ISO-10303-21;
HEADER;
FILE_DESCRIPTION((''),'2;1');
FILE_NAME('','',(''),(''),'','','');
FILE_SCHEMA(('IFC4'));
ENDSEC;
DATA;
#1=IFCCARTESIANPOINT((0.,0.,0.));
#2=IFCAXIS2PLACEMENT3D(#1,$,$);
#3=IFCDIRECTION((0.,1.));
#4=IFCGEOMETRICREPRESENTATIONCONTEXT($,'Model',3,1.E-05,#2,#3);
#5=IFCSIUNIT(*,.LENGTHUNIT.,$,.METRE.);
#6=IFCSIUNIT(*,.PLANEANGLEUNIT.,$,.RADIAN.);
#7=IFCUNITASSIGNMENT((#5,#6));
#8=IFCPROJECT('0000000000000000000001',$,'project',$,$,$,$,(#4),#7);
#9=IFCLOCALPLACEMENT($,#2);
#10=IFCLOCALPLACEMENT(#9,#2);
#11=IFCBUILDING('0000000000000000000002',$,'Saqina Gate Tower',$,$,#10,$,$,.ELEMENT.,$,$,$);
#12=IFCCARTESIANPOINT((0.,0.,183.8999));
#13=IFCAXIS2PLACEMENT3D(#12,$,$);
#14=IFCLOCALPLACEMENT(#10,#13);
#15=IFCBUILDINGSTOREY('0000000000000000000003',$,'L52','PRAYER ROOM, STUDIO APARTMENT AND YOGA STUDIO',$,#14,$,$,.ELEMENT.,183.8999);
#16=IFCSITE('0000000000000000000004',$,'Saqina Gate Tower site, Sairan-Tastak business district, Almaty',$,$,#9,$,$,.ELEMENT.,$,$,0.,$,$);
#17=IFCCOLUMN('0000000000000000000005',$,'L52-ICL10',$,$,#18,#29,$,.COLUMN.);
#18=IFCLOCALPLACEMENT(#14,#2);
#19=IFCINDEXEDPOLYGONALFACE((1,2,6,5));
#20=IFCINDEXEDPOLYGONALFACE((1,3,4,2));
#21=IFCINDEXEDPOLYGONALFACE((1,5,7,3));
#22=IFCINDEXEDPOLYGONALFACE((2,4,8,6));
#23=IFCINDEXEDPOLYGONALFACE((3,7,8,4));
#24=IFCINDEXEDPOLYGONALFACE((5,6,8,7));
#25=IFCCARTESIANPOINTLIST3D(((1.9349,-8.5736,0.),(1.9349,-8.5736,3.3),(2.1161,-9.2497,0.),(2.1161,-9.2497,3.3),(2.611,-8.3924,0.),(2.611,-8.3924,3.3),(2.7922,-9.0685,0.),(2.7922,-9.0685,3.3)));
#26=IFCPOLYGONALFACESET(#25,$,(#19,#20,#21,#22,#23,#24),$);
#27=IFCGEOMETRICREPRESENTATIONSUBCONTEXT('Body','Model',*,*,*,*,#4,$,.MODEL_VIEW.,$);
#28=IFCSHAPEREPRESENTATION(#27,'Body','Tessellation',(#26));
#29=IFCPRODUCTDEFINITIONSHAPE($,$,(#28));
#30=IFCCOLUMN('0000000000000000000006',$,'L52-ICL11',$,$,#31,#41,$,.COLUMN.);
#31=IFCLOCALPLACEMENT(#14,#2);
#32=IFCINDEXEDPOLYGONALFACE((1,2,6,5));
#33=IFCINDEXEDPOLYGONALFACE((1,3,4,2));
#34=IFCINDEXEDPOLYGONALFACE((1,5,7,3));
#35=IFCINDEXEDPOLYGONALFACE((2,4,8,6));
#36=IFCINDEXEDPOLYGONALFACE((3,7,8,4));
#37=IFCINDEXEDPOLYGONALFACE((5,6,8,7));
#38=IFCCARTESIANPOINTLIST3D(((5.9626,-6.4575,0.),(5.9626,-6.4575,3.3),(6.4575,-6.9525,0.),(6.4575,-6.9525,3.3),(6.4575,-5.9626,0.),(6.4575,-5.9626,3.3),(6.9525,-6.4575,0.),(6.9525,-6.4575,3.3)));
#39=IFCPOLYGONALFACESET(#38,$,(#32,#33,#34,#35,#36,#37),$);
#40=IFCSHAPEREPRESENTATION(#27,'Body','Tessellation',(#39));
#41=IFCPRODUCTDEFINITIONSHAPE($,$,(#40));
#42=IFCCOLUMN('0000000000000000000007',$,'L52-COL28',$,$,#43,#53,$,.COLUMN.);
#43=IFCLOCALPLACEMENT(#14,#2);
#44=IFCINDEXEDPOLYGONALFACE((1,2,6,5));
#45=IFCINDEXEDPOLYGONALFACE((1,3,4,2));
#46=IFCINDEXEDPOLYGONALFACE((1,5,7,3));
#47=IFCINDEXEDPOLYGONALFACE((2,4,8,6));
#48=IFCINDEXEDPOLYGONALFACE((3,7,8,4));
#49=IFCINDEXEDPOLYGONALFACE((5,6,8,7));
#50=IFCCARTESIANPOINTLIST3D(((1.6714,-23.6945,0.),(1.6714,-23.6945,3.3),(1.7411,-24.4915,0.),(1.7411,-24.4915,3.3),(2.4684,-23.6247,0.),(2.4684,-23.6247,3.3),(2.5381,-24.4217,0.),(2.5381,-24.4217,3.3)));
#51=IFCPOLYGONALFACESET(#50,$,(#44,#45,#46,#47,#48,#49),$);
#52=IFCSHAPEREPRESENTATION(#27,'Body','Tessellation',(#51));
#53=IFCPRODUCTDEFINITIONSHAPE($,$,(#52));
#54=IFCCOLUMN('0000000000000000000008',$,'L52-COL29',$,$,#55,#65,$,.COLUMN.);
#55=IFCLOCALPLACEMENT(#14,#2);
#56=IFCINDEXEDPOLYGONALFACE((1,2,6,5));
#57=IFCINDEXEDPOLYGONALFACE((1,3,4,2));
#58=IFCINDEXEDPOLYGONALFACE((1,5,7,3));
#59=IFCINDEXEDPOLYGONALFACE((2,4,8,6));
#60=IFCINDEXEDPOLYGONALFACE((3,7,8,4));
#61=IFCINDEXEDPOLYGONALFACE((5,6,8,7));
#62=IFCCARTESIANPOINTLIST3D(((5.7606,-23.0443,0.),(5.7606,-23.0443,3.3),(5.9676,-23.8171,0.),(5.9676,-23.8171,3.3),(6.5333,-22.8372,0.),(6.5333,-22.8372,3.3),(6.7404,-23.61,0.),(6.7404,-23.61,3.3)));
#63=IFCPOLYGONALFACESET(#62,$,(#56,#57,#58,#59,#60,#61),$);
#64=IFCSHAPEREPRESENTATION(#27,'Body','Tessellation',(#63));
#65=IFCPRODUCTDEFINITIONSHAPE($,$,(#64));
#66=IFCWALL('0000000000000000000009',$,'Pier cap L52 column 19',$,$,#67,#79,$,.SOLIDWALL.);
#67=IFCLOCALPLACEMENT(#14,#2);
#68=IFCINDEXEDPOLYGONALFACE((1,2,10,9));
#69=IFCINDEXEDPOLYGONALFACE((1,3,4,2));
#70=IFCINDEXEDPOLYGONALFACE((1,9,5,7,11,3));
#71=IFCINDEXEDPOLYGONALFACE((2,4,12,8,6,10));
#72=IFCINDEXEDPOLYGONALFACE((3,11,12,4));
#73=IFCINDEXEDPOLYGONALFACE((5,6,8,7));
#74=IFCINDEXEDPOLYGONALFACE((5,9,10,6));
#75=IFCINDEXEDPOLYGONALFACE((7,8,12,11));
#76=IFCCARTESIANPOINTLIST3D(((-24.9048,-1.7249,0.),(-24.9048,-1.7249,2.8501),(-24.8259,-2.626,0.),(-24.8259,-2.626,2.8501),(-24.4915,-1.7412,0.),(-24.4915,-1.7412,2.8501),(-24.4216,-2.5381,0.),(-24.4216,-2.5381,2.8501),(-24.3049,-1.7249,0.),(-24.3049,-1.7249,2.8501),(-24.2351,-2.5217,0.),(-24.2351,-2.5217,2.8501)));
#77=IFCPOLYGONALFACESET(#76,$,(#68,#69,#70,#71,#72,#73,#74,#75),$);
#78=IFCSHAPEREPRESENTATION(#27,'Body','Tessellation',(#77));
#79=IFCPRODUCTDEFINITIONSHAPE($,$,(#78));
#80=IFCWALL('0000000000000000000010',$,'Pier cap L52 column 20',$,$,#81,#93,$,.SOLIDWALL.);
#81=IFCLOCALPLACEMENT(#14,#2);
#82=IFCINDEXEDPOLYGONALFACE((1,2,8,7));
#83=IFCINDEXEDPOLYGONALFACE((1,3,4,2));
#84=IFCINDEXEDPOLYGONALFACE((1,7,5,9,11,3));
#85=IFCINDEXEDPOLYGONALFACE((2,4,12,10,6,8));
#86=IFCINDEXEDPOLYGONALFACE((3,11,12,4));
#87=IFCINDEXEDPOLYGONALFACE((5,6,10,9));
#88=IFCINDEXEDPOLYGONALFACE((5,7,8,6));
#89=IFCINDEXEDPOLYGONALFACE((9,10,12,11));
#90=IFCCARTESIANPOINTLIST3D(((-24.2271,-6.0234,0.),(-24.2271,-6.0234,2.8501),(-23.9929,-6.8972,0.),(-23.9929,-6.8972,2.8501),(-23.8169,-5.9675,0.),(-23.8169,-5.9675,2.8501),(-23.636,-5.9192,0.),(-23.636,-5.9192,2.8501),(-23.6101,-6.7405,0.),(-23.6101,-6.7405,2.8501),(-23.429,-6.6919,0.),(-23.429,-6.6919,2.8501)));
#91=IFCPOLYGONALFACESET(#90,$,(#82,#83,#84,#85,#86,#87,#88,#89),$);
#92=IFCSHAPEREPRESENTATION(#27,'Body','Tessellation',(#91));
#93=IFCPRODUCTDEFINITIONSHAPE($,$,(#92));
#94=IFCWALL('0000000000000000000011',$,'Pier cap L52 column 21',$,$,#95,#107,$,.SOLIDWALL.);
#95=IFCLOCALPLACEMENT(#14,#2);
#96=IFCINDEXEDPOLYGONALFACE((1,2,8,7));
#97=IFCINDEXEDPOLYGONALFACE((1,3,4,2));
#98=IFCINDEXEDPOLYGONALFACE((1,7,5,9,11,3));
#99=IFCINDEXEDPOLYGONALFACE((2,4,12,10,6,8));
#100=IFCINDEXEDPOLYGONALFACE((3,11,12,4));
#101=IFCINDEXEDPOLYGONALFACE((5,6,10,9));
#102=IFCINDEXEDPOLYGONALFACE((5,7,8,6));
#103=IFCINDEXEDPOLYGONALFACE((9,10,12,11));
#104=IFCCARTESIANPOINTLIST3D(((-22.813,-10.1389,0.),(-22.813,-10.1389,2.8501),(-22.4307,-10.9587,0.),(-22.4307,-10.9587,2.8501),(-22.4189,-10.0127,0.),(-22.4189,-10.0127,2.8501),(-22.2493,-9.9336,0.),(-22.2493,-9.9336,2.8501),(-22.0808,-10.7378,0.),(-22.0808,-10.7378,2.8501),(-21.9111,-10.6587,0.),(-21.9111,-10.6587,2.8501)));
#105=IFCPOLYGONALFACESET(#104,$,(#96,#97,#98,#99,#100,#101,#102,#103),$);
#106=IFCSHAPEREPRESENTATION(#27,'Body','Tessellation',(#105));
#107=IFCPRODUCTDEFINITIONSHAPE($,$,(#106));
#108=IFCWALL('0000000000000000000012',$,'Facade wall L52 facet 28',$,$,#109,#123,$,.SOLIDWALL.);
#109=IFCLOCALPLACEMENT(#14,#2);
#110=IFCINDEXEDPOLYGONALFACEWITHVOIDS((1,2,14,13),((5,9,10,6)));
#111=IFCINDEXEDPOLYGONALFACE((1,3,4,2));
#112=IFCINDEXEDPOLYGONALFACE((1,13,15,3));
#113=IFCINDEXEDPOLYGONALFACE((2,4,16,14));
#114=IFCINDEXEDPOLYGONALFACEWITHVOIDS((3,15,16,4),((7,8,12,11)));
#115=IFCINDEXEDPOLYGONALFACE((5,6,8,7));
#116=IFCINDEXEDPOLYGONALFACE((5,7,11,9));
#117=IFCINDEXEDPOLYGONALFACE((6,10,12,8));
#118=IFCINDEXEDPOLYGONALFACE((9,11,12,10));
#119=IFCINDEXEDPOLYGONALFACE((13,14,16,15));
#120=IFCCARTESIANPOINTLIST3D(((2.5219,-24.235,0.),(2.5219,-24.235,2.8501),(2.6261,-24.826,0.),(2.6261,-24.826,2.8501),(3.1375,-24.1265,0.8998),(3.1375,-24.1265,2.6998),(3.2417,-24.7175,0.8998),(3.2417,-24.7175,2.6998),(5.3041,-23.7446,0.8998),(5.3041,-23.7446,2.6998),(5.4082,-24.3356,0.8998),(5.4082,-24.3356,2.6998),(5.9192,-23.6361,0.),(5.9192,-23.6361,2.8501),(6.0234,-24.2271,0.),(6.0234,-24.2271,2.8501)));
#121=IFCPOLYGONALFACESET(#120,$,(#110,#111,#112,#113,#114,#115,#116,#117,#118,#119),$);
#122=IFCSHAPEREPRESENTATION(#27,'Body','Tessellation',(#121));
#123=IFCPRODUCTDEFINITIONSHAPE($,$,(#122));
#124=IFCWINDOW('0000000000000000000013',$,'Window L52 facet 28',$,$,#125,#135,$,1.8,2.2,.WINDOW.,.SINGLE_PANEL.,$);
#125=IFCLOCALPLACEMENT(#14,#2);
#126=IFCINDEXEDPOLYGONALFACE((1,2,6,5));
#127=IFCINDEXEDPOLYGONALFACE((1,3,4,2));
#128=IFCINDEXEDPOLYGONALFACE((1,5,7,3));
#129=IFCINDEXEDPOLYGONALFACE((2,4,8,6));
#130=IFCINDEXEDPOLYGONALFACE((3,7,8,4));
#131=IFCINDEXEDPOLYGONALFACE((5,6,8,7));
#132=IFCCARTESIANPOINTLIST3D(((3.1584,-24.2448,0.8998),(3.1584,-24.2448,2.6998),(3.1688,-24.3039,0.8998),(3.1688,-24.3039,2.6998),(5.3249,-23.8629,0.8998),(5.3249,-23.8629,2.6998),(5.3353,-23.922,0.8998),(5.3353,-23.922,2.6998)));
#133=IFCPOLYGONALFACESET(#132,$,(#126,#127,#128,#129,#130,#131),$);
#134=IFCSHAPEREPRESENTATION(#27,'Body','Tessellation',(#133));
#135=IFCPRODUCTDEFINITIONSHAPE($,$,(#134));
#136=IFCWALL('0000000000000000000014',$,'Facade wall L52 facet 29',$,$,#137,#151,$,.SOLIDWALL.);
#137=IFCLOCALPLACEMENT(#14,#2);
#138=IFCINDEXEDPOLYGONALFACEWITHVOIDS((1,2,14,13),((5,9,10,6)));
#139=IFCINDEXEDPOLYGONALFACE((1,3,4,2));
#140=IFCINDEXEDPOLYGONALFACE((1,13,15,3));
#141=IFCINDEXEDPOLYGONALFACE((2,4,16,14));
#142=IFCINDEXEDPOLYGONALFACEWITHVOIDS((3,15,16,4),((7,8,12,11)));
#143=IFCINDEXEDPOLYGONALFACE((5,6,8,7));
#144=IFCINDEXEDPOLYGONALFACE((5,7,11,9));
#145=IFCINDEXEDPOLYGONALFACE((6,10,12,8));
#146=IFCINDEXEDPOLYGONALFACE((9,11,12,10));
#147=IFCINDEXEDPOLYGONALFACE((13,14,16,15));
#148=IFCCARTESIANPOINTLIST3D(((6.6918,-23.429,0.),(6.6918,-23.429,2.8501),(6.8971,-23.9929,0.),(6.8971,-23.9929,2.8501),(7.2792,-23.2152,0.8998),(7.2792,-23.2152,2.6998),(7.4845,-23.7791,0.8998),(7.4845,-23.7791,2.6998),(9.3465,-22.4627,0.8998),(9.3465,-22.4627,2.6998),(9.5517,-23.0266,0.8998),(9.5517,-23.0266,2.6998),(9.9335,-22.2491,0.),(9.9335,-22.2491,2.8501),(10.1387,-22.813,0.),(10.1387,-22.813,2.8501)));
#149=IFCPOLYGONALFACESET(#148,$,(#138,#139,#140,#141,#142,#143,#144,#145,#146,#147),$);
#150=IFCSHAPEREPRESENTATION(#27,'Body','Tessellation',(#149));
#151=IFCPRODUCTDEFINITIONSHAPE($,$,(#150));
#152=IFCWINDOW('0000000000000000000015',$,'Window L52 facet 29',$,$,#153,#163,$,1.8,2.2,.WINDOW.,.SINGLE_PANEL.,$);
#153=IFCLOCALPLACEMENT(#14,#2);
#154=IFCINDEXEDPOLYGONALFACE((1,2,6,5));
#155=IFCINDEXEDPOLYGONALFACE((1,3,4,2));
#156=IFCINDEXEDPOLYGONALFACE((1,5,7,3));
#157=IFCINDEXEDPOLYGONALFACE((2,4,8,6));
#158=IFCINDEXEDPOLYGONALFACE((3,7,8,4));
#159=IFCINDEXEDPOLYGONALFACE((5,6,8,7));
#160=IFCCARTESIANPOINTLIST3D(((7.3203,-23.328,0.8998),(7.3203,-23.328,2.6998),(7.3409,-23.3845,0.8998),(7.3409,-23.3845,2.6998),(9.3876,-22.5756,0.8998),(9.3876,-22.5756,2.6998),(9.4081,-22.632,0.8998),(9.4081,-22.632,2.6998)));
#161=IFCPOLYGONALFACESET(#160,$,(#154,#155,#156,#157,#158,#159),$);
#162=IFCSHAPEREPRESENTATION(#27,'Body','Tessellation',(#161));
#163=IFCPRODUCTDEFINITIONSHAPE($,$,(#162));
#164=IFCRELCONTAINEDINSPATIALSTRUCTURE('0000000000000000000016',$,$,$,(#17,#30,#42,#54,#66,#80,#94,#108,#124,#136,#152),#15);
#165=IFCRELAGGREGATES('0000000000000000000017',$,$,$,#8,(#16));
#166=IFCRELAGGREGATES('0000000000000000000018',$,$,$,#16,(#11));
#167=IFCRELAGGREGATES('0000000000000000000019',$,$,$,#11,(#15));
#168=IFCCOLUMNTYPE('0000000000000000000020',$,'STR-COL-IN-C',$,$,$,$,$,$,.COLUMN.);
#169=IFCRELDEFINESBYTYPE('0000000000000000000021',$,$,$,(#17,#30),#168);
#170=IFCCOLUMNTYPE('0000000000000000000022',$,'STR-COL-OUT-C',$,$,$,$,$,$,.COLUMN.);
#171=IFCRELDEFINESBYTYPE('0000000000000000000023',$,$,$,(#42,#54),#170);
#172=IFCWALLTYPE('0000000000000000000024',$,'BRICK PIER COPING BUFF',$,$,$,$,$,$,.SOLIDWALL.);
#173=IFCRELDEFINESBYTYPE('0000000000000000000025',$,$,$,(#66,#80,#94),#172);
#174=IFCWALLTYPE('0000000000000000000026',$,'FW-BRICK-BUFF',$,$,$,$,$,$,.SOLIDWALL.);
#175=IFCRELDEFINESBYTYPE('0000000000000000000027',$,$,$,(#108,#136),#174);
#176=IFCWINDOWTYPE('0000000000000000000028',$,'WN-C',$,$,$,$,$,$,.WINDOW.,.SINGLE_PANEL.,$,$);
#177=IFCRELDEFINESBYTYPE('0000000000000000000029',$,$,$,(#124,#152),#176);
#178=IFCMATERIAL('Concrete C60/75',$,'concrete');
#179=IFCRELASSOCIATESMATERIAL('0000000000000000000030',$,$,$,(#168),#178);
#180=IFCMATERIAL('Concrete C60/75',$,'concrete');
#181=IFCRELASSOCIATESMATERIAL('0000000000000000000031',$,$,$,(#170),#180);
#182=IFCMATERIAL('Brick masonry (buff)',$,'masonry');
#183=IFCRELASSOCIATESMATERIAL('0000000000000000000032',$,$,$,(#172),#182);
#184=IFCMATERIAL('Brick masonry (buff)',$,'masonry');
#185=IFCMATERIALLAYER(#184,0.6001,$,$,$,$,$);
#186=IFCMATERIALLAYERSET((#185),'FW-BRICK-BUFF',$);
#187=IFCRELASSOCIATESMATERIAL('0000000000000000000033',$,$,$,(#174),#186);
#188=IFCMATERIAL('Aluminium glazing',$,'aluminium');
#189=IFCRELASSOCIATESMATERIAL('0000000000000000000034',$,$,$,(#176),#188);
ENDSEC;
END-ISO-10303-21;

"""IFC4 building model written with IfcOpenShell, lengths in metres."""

from ifc_helpers import new_model, si_unit, direction, frame, frame_2d, origin, origin_2d, place, context, subcontext, project, spatial, polyline, rectangle, outline, extrude, material, layer, layer_set, material_profile, profile_set, type_object, element, fill, save


model = new_model("IFC4")

# Units and contexts
model_context = context("Model", 3, precision=1e-05, world=origin(), true_north=direction((0.0, 1.0)))
body_context = subcontext(model_context, "Body", "Model", "MODEL_VIEW")
ifc_project = project(units=[si_unit("LENGTHUNIT", "METRE"), si_unit("PLANEANGLEUNIT", "RADIAN")], contexts=[model_context])

# Site, building, storey
site_placement = place(None, origin())
site = spatial("IfcSite", under=ifc_project, at=site_placement, Name="Saqina Gate Tower site, Sairan-Tastak business district, Almaty", CompositionType="ELEMENT", RefElevation=0.0)
building_placement = place(site_placement, origin())
building = spatial("IfcBuilding", under=site, at=building_placement, Name="Saqina Gate Tower", CompositionType="ELEMENT")
storey_placement = place(building_placement, frame((0.0, 0.0, 183.8999)))
storey = spatial("IfcBuildingStorey", under=building, at=storey_placement, Name="L52", Description="PRAYER ROOM, STUDIO APARTMENT AND YOGA STUDIO", CompositionType="ELEMENT", Elevation=183.8999)

# Columns
ifc_material_1 = material(Name="Concrete C60/75", Category="concrete")
ifc_material_profile_1 = material_profile(ifc_material_1, rectangle(XDim=0.7, YDim=0.7, at=origin_2d()), Name="RC 700x700")
ifc_profile_set_1 = profile_set([ifc_material_profile_1], Name="Concrete C60/75")
column_type_1 = type_object("IfcColumnType", Name="STR-COL-IN-C", PredefinedType="COLUMN", material=ifc_profile_set_1)
for number, where, z_axis, x_axis, name in (
    (1, (2.3635, -8.821, 0.0), (0.0, 0.0, 1.0), (0.258819, -0.965926, 0.0), "L52-ICL10"),
    (2, (6.4575, -6.4575, 0.0), (0.0, 0.0, 1.0), (0.707107, -0.707107, 0.0), "L52-ICL11"),
):
    element("IfcColumn", number, at=place(storey_placement, frame(where, z_axis=z_axis, x_axis=x_axis)), inside=storey, type_object=column_type_1, Name=name, PredefinedType="COLUMN", context=body_context, shape_type="SweptSolid", body=[
        extrude(rectangle(XDim=0.7, YDim=0.7, at=origin_2d()), origin(), (0.0, 0.0, 1.0), 3.3),
    ])
ifc_material_2 = material(Name="Concrete C60/75", Category="concrete")
ifc_material_profile_2 = material_profile(ifc_material_2, rectangle(XDim=0.8, YDim=0.8, at=origin_2d()), Name="RC 800x800")
ifc_profile_set_2 = profile_set([ifc_material_profile_2], Name="Concrete C60/75")
column_type_2 = type_object("IfcColumnType", Name="STR-COL-OUT-C", PredefinedType="COLUMN", material=ifc_profile_set_2)
for number, where, z_axis, x_axis, name in (
    (3, (2.1047, -24.0581, 0.0), (0.0, 0.0, 1.0), (0.087156, -0.996195, 0.0), "L52-COL28"),
    (4, (6.2505, -23.3271, 0.0), (0.0, 0.0, 1.0), (0.258819, -0.965926, 0.0), "L52-COL29"),
):
    element("IfcColumn", number, at=place(storey_placement, frame(where, z_axis=z_axis, x_axis=x_axis)), inside=storey, type_object=column_type_2, Name=name, PredefinedType="COLUMN", context=body_context, shape_type="SweptSolid", body=[
        extrude(rectangle(XDim=0.8, YDim=0.8, at=origin_2d()), origin(), (0.0, 0.0, 1.0), 3.3),
    ])

# Walls
ifc_material_3 = material(Name="Brick masonry (buff)", Category="masonry")
wall_type_1 = type_object("IfcWallType", Name="BRICK PIER COPING BUFF", PredefinedType="SOLIDWALL", material=ifc_material_3)
wall_1_placement = place(storey_placement, origin())
element("IfcWall", 5, at=wall_1_placement, inside=storey, type_object=wall_type_1, Name="Pier cap L52 column 19", PredefinedType="SOLIDWALL", context=body_context, shape_type="SweptSolid", body=[
    extrude(outline(polyline([(-24.9048, -1.7249), (-24.8259, -2.626), (-24.2351, -2.5217), (-24.4216, -2.5381), (-24.4915, -1.7412), (-24.3049, -1.7249), (-24.9048, -1.7249)])), origin(), (0.0, 0.0, 1.0), 2.8501),
])
wall_2_placement = place(storey_placement, origin())
element("IfcWall", 6, at=wall_2_placement, inside=storey, type_object=wall_type_1, Name="Pier cap L52 column 20", PredefinedType="SOLIDWALL", context=body_context, shape_type="SweptSolid", body=[
    extrude(outline(polyline([(-24.2271, -6.0234), (-23.9929, -6.8972), (-23.429, -6.6919), (-23.6101, -6.7405), (-23.8169, -5.9675), (-23.636, -5.9192), (-24.2271, -6.0234)])), origin(), (0.0, 0.0, 1.0), 2.8501),
])
wall_3_placement = place(storey_placement, origin())
element("IfcWall", 7, at=wall_3_placement, inside=storey, type_object=wall_type_1, Name="Pier cap L52 column 21", PredefinedType="SOLIDWALL", context=body_context, shape_type="SweptSolid", body=[
    extrude(outline(polyline([(-22.4307, -10.9587), (-21.9111, -10.6587), (-22.0808, -10.7378), (-22.4189, -10.0127), (-22.2493, -9.9336), (-22.813, -10.1389), (-22.4307, -10.9587)])), origin(), (0.0, 0.0, 1.0), 2.8501),
])

# Walls, openings, windows
ifc_material_4 = material(Name="Brick masonry (buff)", Category="masonry")
ifc_layer_1 = layer(ifc_material_4, 0.6001)
ifc_layer_set_1 = layer_set([ifc_layer_1], Name="FW-BRICK-BUFF")
wall_type_2 = type_object("IfcWallType", Name="FW-BRICK-BUFF", PredefinedType="SOLIDWALL", material=ifc_layer_set_1)
wall_4_placement = place(storey_placement, frame((2.574, -24.5305, 0.0), z_axis=(0.0, 0.0, 1.0), x_axis=(0.984815, 0.173608, 0.0)))
wall_4 = element("IfcWall", 8, at=wall_4_placement, inside=storey, type_object=wall_type_2, Name="Facade wall L52 facet 28", PredefinedType="SOLIDWALL", context=body_context, shape_type="SweptSolid", body=[
    extrude(rectangle(XDim=3.4497, YDim=0.6001, at=frame_2d((1.7249, 0.0))), origin(), (0.0, 0.0, 1.0), 2.8501),
])
opening_1_placement = place(wall_4_placement, frame((0.625, 0.0, 0.8999)))
opening_1 = element("IfcOpeningElement", 9, at=opening_1_placement, cuts=wall_4, PredefinedType="OPENING", context=body_context, shape_type="SweptSolid", body=[
    extrude(rectangle(XDim=2.2, YDim=1.8, at=frame_2d((1.1001, 0.8999))), frame((0.0, 0.312, 0.0), z_axis=(0.0, -1.0, 0.0), x_axis=(1.0, 0.0, 0.0)), (0.0, 0.0, 1.0), 0.624),
])
ifc_material_5 = material(Name="Aluminium glazing", Category="aluminium")
window_type_1 = type_object("IfcWindowType", Name="WN-C", PartitioningType="SINGLE_PANEL", PredefinedType="WINDOW", material=ifc_material_5)
window_1_placement = place(opening_1_placement, origin())
window_1 = element("IfcWindow", 10, at=window_1_placement, inside=storey, type_object=window_type_1, Name="Window L52 facet 28", OverallHeight=1.8, OverallWidth=2.2, PartitioningType="SINGLE_PANEL", PredefinedType="WINDOW", context=body_context, shape_type="SweptSolid", body=[
    extrude(rectangle(XDim=2.2, YDim=1.8, at=frame_2d((1.1001, 0.8999))), frame((0.0, 0.1799, 0.0), z_axis=(0.0, -1.0, 0.0), x_axis=(1.0, 0.0, 0.0)), (0.0, 0.0, 1.0), 0.0601),
])
fill(opening_1, window_1)
wall_5_placement = place(storey_placement, frame((6.7944, -23.7109, 0.0), z_axis=(0.0, 0.0, 1.0), x_axis=(0.939688, 0.342033, 0.0)))
wall_5 = element("IfcWall", 11, at=wall_5_placement, inside=storey, type_object=wall_type_2, Name="Facade wall L52 facet 29", PredefinedType="SOLIDWALL", context=body_context, shape_type="SweptSolid", body=[
    extrude(rectangle(XDim=3.4497, YDim=0.6001, at=frame_2d((1.7249, 0.0))), origin(), (0.0, 0.0, 1.0), 2.8501),
])
opening_2_placement = place(wall_5_placement, frame((0.625, 0.0, 0.8999)))
opening_2 = element("IfcOpeningElement", 12, at=opening_2_placement, cuts=wall_5, PredefinedType="OPENING", context=body_context, shape_type="SweptSolid", body=[
    extrude(rectangle(XDim=2.2, YDim=1.8, at=frame_2d((1.1001, 0.8999))), frame((0.0, 0.312, 0.0), z_axis=(0.0, -1.0, 0.0), x_axis=(1.0, 0.0, 0.0)), (0.0, 0.0, 1.0), 0.624),
])
window_2_placement = place(opening_2_placement, origin())
window_2 = element("IfcWindow", 13, at=window_2_placement, inside=storey, type_object=window_type_1, Name="Window L52 facet 29", OverallHeight=1.8, OverallWidth=2.2, PartitioningType="SINGLE_PANEL", PredefinedType="WINDOW", context=body_context, shape_type="SweptSolid", body=[
    extrude(rectangle(XDim=2.2, YDim=1.8, at=frame_2d((1.1001, 0.8999))), frame((0.0, 0.1799, 0.0), z_axis=(0.0, -1.0, 0.0), x_axis=(1.0, 0.0, 0.0)), (0.0, 0.0, 1.0), 0.0601),
])
fill(opening_2, window_2)

save(model, "model.ifc")
